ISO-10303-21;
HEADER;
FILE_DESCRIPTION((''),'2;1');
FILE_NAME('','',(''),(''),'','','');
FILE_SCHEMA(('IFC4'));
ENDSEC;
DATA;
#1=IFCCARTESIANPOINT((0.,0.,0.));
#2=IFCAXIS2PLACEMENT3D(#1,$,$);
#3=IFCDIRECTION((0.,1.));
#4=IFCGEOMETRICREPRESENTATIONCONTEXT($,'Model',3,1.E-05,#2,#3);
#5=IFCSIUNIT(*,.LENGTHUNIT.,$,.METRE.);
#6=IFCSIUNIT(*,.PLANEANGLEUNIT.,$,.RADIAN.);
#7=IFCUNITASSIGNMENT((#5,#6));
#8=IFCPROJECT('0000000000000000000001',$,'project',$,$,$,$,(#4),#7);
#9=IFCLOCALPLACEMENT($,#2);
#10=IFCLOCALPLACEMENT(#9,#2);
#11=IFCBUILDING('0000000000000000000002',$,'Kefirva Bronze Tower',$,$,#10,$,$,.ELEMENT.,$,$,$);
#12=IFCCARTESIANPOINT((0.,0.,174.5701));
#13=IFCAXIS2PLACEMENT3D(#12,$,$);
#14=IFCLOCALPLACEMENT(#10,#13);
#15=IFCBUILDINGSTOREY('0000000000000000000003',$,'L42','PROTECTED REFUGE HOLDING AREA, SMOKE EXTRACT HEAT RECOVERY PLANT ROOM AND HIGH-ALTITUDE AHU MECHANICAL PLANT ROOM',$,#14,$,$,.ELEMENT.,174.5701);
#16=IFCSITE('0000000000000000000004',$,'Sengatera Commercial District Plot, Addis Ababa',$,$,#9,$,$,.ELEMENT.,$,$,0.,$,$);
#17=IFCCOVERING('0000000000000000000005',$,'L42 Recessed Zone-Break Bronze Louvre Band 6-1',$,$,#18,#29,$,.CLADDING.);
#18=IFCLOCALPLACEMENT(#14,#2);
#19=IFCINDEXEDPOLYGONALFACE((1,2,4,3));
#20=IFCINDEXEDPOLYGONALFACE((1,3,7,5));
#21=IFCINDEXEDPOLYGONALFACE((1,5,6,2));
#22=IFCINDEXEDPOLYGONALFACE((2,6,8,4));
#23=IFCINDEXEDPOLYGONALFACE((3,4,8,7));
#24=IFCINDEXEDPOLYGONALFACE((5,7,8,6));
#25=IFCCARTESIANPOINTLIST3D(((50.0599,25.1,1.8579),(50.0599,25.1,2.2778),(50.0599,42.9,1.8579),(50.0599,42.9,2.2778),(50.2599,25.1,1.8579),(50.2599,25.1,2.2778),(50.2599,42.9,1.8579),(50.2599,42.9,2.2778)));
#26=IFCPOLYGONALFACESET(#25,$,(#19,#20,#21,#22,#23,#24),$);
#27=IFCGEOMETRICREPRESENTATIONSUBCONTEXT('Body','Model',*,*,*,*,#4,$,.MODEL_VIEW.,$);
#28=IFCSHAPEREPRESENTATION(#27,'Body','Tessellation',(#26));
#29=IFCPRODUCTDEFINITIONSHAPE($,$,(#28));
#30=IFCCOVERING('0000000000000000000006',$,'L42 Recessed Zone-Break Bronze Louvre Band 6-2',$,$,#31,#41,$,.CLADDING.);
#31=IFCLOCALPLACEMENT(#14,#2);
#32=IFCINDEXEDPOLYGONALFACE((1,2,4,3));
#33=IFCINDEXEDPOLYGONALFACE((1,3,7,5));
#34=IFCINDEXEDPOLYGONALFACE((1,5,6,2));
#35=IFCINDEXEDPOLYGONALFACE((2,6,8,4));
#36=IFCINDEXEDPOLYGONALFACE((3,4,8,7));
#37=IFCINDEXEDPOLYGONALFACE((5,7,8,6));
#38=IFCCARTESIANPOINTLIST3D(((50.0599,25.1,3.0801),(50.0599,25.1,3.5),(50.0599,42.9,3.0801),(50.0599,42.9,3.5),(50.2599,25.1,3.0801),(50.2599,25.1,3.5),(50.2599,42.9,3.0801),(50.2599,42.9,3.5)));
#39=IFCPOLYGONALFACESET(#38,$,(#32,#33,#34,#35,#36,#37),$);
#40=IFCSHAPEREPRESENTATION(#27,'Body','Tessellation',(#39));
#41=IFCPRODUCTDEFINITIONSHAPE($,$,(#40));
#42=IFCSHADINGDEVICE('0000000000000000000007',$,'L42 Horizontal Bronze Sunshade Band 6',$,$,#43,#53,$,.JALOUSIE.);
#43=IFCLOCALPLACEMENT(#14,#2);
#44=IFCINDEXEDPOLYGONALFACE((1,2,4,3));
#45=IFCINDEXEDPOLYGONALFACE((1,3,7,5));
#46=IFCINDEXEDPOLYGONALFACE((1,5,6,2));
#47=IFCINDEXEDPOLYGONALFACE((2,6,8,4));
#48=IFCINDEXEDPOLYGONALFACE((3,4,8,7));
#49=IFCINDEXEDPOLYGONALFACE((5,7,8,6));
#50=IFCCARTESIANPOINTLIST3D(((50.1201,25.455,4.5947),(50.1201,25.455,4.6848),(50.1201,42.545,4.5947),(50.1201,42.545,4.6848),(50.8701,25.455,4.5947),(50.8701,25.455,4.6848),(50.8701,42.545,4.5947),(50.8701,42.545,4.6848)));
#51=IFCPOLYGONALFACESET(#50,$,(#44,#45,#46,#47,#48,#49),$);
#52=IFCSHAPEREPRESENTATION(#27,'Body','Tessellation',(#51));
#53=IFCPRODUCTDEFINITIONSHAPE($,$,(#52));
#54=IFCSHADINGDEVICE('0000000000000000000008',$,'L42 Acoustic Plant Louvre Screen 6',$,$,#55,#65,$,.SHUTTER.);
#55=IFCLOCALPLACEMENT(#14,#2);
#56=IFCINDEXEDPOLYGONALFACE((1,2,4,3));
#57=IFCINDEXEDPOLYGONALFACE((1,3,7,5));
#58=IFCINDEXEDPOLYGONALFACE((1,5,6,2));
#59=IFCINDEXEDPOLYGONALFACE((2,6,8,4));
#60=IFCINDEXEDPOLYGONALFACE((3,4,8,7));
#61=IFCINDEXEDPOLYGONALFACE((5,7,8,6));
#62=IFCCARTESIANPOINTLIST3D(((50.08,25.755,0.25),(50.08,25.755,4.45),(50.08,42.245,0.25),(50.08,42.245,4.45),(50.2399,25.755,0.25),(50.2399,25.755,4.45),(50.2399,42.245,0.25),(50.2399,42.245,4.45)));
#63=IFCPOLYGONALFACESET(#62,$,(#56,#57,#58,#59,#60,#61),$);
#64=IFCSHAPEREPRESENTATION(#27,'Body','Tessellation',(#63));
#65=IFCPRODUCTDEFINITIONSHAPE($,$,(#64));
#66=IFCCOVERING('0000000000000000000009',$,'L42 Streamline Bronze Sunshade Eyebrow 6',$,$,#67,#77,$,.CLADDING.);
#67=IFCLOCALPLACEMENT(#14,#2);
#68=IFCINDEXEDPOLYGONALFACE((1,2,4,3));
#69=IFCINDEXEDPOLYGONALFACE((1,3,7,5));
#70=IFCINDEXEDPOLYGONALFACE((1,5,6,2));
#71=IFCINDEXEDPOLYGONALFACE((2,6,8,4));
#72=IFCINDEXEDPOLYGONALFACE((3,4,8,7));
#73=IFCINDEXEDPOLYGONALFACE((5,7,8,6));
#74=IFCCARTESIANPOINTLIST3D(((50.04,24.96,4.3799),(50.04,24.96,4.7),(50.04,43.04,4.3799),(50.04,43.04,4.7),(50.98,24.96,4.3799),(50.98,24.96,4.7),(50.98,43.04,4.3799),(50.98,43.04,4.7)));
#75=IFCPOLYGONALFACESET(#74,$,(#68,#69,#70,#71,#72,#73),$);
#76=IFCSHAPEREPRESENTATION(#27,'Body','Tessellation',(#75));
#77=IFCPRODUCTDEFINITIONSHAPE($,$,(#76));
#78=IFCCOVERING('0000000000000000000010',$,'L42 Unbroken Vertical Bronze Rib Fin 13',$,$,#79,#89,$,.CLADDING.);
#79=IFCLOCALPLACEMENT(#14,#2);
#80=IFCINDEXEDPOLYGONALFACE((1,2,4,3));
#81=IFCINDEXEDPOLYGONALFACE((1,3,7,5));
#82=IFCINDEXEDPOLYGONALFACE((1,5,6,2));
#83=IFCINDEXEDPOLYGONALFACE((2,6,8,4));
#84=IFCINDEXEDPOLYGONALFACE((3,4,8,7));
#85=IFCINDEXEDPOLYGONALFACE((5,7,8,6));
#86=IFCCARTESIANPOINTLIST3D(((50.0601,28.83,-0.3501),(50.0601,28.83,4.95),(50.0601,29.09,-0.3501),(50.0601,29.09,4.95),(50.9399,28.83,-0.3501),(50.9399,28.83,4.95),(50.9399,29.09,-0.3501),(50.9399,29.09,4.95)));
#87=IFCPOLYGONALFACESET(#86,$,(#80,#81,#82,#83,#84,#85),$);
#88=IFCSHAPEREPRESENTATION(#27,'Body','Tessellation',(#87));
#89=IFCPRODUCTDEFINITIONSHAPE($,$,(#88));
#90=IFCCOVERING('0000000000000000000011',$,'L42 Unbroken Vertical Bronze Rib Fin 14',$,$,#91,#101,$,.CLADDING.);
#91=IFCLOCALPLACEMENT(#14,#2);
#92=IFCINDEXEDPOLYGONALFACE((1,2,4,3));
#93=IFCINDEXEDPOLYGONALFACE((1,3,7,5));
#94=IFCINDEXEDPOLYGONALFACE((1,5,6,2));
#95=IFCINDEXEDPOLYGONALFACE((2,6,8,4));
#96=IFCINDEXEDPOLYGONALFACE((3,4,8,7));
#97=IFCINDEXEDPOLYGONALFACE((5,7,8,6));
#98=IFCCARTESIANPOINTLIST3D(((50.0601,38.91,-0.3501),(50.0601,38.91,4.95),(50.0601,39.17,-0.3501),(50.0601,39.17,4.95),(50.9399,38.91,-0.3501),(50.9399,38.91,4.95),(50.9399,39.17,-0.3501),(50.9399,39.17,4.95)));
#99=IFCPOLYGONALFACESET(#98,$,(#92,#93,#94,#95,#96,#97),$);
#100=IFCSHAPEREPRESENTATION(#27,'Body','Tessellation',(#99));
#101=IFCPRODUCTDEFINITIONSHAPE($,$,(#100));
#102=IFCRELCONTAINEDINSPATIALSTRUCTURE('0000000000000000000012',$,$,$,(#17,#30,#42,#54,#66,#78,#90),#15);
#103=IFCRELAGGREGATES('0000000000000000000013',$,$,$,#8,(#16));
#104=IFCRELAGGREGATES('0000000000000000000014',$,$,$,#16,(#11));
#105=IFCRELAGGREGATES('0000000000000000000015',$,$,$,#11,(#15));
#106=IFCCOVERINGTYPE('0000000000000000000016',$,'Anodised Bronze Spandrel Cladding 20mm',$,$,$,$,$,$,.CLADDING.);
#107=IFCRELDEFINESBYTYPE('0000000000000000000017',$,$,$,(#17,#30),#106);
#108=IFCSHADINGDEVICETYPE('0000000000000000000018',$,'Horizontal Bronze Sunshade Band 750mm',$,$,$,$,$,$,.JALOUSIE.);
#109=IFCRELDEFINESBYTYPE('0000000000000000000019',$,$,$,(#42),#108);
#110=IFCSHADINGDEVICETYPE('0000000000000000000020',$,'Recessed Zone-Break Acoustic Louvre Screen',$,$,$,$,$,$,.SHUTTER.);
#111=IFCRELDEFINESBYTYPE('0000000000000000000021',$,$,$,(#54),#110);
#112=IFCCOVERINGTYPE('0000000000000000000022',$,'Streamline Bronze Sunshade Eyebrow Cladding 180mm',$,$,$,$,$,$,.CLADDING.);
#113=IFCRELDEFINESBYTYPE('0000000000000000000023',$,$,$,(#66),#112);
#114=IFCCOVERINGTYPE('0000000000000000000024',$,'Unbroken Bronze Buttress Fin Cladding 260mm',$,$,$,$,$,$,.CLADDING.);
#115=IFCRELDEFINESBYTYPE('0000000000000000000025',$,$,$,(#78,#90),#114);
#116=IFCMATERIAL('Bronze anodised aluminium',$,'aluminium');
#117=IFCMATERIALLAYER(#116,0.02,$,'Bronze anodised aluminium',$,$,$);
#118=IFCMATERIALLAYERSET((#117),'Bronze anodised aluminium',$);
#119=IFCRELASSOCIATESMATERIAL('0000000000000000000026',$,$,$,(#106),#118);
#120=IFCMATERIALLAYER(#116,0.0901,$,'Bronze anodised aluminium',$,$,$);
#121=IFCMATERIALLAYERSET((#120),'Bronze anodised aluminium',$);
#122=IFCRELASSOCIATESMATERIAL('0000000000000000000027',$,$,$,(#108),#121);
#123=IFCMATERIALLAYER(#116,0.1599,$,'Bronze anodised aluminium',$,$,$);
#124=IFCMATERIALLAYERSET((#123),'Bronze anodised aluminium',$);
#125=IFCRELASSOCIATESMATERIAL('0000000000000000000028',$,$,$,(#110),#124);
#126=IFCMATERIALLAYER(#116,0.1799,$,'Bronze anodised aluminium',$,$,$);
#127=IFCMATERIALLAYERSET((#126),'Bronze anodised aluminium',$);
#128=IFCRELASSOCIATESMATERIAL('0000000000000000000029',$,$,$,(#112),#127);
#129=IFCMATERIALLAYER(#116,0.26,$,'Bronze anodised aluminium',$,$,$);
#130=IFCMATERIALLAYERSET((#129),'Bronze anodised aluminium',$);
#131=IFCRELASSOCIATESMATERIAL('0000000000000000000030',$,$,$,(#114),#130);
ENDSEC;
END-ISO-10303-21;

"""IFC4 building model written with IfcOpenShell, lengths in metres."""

from ifc_helpers import new_model, si_unit, direction, frame, origin, origin_2d, place, context, subcontext, project, spatial, rectangle, extrude, material, layer, layer_set, type_object, element, save


model = new_model("IFC4")

# Units and contexts
model_context = context("Model", 3, precision=1e-05, world=origin(), true_north=direction((0.0, 1.0)))
body_context = subcontext(model_context, "Body", "Model", "MODEL_VIEW")
ifc_project = project(units=[si_unit("LENGTHUNIT", "METRE"), si_unit("PLANEANGLEUNIT", "RADIAN")], contexts=[model_context])

# Site, building, storey
site_placement = place(None, origin())
site = spatial("IfcSite", under=ifc_project, at=site_placement, Name="Sengatera Commercial District Plot, Addis Ababa", CompositionType="ELEMENT", RefElevation=0.0)
building_placement = place(site_placement, origin())
building = spatial("IfcBuilding", under=site, at=building_placement, Name="Kefirva Bronze Tower", CompositionType="ELEMENT")
storey_placement = place(building_placement, frame((0.0, 0.0, 174.5701)))
storey = spatial("IfcBuildingStorey", under=building, at=storey_placement, Name="L42", Description="PROTECTED REFUGE HOLDING AREA, SMOKE EXTRACT HEAT RECOVERY PLANT ROOM AND HIGH-ALTITUDE AHU MECHANICAL PLANT ROOM", CompositionType="ELEMENT", Elevation=174.5701)

# Shared definitions
ifc_material_1 = material(Name="Bronze anodised aluminium", Category="aluminium")

# Coverings
ifc_layer_1 = layer(ifc_material_1, 0.02, Name="Bronze anodised aluminium")
ifc_layer_set_1 = layer_set([ifc_layer_1], Name="Bronze anodised aluminium")
covering_type_1 = type_object("IfcCoveringType", Name="Anodised Bronze Spandrel Cladding 20mm", PredefinedType="CLADDING", material=ifc_layer_set_1)
for number, where, z_axis, x_axis, name in (
    (1, (50.1599, 34.0, 1.8579), (0.0, 0.0, 1.0), (0.0, 1.0, 0.0), "L42 Recessed Zone-Break Bronze Louvre Band 6-1"),
    (2, (50.1599, 34.0, 3.0801), (0.0, 0.0, 1.0), (0.0, 1.0, 0.0), "L42 Recessed Zone-Break Bronze Louvre Band 6-2"),
):
    element("IfcCovering", number, at=place(storey_placement, frame(where, z_axis=z_axis, x_axis=x_axis)), inside=storey, type_object=covering_type_1, Name=name, PredefinedType="CLADDING", context=body_context, shape_type="SweptSolid", body=[
        extrude(rectangle(XDim=17.8, YDim=0.2, at=origin_2d()), origin(), (0.0, 0.0, 1.0), 0.4199),
    ])

# Shading devices
ifc_layer_2 = layer(ifc_material_1, 0.0901, Name="Bronze anodised aluminium")
ifc_layer_set_2 = layer_set([ifc_layer_2], Name="Bronze anodised aluminium")
shading_device_type_1 = type_object("IfcShadingDeviceType", Name="Horizontal Bronze Sunshade Band 750mm", PredefinedType="JALOUSIE", material=ifc_layer_set_2)
shading_device_1_placement = place(storey_placement, frame((50.4951, 34.0, 4.5947), z_axis=(0.0, 0.0, 1.0), x_axis=(0.0, 1.0, 0.0)))
element("IfcShadingDevice", 3, at=shading_device_1_placement, inside=storey, type_object=shading_device_type_1, Name="L42 Horizontal Bronze Sunshade Band 6", PredefinedType="JALOUSIE", context=body_context, shape_type="SweptSolid", body=[
    extrude(rectangle(XDim=17.0901, YDim=0.75, at=origin_2d()), origin(), (0.0, 0.0, 1.0), 0.0901),
])
ifc_layer_3 = layer(ifc_material_1, 0.1599, Name="Bronze anodised aluminium")
ifc_layer_set_3 = layer_set([ifc_layer_3], Name="Bronze anodised aluminium")
shading_device_type_2 = type_object("IfcShadingDeviceType", Name="Recessed Zone-Break Acoustic Louvre Screen", PredefinedType="SHUTTER", material=ifc_layer_set_3)
shading_device_2_placement = place(storey_placement, frame((50.1599, 34.0, 0.25), z_axis=(0.0, 0.0, 1.0), x_axis=(0.0, 1.0, 0.0)))
element("IfcShadingDevice", 4, at=shading_device_2_placement, inside=storey, type_object=shading_device_type_2, Name="L42 Acoustic Plant Louvre Screen 6", PredefinedType="SHUTTER", context=body_context, shape_type="SweptSolid", body=[
    extrude(rectangle(XDim=16.49, YDim=0.1599, at=origin_2d()), origin(), (0.0, 0.0, 1.0), 4.2),
])

# Coverings
ifc_layer_4 = layer(ifc_material_1, 0.1799, Name="Bronze anodised aluminium")
ifc_layer_set_4 = layer_set([ifc_layer_4], Name="Bronze anodised aluminium")
covering_type_2 = type_object("IfcCoveringType", Name="Streamline Bronze Sunshade Eyebrow Cladding 180mm", PredefinedType="CLADDING", material=ifc_layer_set_4)
covering_1_placement = place(storey_placement, frame((50.51, 34.0, 4.3799), z_axis=(0.0, 0.0, 1.0), x_axis=(0.0, 1.0, 0.0)))
element("IfcCovering", 5, at=covering_1_placement, inside=storey, type_object=covering_type_2, Name="L42 Streamline Bronze Sunshade Eyebrow 6", PredefinedType="CLADDING", context=body_context, shape_type="SweptSolid", body=[
    extrude(rectangle(XDim=18.0801, YDim=0.9399, at=origin_2d()), origin(), (0.0, 0.0, 1.0), 0.3201),
])
ifc_layer_5 = layer(ifc_material_1, 0.26, Name="Bronze anodised aluminium")
ifc_layer_set_5 = layer_set([ifc_layer_5], Name="Bronze anodised aluminium")
covering_type_3 = type_object("IfcCoveringType", Name="Unbroken Bronze Buttress Fin Cladding 260mm", PredefinedType="CLADDING", material=ifc_layer_set_5)
for number, where, z_axis, x_axis, name in (
    (6, (50.5, 28.96, -0.3501), (0.0, 0.0, 1.0), (0.0, 1.0, 0.0), "L42 Unbroken Vertical Bronze Rib Fin 13"),
    (7, (50.5, 39.04, -0.3501), (0.0, 0.0, 1.0), (0.0, 1.0, 0.0), "L42 Unbroken Vertical Bronze Rib Fin 14"),
):
    element("IfcCovering", number, at=place(storey_placement, frame(where, z_axis=z_axis, x_axis=x_axis)), inside=storey, type_object=covering_type_3, Name=name, PredefinedType="CLADDING", context=body_context, shape_type="SweptSolid", body=[
        extrude(rectangle(XDim=0.26, YDim=0.8799, at=origin_2d()), origin(), (0.0, 0.0, 1.0), 5.3),
    ])

save(model, "model.ifc")
